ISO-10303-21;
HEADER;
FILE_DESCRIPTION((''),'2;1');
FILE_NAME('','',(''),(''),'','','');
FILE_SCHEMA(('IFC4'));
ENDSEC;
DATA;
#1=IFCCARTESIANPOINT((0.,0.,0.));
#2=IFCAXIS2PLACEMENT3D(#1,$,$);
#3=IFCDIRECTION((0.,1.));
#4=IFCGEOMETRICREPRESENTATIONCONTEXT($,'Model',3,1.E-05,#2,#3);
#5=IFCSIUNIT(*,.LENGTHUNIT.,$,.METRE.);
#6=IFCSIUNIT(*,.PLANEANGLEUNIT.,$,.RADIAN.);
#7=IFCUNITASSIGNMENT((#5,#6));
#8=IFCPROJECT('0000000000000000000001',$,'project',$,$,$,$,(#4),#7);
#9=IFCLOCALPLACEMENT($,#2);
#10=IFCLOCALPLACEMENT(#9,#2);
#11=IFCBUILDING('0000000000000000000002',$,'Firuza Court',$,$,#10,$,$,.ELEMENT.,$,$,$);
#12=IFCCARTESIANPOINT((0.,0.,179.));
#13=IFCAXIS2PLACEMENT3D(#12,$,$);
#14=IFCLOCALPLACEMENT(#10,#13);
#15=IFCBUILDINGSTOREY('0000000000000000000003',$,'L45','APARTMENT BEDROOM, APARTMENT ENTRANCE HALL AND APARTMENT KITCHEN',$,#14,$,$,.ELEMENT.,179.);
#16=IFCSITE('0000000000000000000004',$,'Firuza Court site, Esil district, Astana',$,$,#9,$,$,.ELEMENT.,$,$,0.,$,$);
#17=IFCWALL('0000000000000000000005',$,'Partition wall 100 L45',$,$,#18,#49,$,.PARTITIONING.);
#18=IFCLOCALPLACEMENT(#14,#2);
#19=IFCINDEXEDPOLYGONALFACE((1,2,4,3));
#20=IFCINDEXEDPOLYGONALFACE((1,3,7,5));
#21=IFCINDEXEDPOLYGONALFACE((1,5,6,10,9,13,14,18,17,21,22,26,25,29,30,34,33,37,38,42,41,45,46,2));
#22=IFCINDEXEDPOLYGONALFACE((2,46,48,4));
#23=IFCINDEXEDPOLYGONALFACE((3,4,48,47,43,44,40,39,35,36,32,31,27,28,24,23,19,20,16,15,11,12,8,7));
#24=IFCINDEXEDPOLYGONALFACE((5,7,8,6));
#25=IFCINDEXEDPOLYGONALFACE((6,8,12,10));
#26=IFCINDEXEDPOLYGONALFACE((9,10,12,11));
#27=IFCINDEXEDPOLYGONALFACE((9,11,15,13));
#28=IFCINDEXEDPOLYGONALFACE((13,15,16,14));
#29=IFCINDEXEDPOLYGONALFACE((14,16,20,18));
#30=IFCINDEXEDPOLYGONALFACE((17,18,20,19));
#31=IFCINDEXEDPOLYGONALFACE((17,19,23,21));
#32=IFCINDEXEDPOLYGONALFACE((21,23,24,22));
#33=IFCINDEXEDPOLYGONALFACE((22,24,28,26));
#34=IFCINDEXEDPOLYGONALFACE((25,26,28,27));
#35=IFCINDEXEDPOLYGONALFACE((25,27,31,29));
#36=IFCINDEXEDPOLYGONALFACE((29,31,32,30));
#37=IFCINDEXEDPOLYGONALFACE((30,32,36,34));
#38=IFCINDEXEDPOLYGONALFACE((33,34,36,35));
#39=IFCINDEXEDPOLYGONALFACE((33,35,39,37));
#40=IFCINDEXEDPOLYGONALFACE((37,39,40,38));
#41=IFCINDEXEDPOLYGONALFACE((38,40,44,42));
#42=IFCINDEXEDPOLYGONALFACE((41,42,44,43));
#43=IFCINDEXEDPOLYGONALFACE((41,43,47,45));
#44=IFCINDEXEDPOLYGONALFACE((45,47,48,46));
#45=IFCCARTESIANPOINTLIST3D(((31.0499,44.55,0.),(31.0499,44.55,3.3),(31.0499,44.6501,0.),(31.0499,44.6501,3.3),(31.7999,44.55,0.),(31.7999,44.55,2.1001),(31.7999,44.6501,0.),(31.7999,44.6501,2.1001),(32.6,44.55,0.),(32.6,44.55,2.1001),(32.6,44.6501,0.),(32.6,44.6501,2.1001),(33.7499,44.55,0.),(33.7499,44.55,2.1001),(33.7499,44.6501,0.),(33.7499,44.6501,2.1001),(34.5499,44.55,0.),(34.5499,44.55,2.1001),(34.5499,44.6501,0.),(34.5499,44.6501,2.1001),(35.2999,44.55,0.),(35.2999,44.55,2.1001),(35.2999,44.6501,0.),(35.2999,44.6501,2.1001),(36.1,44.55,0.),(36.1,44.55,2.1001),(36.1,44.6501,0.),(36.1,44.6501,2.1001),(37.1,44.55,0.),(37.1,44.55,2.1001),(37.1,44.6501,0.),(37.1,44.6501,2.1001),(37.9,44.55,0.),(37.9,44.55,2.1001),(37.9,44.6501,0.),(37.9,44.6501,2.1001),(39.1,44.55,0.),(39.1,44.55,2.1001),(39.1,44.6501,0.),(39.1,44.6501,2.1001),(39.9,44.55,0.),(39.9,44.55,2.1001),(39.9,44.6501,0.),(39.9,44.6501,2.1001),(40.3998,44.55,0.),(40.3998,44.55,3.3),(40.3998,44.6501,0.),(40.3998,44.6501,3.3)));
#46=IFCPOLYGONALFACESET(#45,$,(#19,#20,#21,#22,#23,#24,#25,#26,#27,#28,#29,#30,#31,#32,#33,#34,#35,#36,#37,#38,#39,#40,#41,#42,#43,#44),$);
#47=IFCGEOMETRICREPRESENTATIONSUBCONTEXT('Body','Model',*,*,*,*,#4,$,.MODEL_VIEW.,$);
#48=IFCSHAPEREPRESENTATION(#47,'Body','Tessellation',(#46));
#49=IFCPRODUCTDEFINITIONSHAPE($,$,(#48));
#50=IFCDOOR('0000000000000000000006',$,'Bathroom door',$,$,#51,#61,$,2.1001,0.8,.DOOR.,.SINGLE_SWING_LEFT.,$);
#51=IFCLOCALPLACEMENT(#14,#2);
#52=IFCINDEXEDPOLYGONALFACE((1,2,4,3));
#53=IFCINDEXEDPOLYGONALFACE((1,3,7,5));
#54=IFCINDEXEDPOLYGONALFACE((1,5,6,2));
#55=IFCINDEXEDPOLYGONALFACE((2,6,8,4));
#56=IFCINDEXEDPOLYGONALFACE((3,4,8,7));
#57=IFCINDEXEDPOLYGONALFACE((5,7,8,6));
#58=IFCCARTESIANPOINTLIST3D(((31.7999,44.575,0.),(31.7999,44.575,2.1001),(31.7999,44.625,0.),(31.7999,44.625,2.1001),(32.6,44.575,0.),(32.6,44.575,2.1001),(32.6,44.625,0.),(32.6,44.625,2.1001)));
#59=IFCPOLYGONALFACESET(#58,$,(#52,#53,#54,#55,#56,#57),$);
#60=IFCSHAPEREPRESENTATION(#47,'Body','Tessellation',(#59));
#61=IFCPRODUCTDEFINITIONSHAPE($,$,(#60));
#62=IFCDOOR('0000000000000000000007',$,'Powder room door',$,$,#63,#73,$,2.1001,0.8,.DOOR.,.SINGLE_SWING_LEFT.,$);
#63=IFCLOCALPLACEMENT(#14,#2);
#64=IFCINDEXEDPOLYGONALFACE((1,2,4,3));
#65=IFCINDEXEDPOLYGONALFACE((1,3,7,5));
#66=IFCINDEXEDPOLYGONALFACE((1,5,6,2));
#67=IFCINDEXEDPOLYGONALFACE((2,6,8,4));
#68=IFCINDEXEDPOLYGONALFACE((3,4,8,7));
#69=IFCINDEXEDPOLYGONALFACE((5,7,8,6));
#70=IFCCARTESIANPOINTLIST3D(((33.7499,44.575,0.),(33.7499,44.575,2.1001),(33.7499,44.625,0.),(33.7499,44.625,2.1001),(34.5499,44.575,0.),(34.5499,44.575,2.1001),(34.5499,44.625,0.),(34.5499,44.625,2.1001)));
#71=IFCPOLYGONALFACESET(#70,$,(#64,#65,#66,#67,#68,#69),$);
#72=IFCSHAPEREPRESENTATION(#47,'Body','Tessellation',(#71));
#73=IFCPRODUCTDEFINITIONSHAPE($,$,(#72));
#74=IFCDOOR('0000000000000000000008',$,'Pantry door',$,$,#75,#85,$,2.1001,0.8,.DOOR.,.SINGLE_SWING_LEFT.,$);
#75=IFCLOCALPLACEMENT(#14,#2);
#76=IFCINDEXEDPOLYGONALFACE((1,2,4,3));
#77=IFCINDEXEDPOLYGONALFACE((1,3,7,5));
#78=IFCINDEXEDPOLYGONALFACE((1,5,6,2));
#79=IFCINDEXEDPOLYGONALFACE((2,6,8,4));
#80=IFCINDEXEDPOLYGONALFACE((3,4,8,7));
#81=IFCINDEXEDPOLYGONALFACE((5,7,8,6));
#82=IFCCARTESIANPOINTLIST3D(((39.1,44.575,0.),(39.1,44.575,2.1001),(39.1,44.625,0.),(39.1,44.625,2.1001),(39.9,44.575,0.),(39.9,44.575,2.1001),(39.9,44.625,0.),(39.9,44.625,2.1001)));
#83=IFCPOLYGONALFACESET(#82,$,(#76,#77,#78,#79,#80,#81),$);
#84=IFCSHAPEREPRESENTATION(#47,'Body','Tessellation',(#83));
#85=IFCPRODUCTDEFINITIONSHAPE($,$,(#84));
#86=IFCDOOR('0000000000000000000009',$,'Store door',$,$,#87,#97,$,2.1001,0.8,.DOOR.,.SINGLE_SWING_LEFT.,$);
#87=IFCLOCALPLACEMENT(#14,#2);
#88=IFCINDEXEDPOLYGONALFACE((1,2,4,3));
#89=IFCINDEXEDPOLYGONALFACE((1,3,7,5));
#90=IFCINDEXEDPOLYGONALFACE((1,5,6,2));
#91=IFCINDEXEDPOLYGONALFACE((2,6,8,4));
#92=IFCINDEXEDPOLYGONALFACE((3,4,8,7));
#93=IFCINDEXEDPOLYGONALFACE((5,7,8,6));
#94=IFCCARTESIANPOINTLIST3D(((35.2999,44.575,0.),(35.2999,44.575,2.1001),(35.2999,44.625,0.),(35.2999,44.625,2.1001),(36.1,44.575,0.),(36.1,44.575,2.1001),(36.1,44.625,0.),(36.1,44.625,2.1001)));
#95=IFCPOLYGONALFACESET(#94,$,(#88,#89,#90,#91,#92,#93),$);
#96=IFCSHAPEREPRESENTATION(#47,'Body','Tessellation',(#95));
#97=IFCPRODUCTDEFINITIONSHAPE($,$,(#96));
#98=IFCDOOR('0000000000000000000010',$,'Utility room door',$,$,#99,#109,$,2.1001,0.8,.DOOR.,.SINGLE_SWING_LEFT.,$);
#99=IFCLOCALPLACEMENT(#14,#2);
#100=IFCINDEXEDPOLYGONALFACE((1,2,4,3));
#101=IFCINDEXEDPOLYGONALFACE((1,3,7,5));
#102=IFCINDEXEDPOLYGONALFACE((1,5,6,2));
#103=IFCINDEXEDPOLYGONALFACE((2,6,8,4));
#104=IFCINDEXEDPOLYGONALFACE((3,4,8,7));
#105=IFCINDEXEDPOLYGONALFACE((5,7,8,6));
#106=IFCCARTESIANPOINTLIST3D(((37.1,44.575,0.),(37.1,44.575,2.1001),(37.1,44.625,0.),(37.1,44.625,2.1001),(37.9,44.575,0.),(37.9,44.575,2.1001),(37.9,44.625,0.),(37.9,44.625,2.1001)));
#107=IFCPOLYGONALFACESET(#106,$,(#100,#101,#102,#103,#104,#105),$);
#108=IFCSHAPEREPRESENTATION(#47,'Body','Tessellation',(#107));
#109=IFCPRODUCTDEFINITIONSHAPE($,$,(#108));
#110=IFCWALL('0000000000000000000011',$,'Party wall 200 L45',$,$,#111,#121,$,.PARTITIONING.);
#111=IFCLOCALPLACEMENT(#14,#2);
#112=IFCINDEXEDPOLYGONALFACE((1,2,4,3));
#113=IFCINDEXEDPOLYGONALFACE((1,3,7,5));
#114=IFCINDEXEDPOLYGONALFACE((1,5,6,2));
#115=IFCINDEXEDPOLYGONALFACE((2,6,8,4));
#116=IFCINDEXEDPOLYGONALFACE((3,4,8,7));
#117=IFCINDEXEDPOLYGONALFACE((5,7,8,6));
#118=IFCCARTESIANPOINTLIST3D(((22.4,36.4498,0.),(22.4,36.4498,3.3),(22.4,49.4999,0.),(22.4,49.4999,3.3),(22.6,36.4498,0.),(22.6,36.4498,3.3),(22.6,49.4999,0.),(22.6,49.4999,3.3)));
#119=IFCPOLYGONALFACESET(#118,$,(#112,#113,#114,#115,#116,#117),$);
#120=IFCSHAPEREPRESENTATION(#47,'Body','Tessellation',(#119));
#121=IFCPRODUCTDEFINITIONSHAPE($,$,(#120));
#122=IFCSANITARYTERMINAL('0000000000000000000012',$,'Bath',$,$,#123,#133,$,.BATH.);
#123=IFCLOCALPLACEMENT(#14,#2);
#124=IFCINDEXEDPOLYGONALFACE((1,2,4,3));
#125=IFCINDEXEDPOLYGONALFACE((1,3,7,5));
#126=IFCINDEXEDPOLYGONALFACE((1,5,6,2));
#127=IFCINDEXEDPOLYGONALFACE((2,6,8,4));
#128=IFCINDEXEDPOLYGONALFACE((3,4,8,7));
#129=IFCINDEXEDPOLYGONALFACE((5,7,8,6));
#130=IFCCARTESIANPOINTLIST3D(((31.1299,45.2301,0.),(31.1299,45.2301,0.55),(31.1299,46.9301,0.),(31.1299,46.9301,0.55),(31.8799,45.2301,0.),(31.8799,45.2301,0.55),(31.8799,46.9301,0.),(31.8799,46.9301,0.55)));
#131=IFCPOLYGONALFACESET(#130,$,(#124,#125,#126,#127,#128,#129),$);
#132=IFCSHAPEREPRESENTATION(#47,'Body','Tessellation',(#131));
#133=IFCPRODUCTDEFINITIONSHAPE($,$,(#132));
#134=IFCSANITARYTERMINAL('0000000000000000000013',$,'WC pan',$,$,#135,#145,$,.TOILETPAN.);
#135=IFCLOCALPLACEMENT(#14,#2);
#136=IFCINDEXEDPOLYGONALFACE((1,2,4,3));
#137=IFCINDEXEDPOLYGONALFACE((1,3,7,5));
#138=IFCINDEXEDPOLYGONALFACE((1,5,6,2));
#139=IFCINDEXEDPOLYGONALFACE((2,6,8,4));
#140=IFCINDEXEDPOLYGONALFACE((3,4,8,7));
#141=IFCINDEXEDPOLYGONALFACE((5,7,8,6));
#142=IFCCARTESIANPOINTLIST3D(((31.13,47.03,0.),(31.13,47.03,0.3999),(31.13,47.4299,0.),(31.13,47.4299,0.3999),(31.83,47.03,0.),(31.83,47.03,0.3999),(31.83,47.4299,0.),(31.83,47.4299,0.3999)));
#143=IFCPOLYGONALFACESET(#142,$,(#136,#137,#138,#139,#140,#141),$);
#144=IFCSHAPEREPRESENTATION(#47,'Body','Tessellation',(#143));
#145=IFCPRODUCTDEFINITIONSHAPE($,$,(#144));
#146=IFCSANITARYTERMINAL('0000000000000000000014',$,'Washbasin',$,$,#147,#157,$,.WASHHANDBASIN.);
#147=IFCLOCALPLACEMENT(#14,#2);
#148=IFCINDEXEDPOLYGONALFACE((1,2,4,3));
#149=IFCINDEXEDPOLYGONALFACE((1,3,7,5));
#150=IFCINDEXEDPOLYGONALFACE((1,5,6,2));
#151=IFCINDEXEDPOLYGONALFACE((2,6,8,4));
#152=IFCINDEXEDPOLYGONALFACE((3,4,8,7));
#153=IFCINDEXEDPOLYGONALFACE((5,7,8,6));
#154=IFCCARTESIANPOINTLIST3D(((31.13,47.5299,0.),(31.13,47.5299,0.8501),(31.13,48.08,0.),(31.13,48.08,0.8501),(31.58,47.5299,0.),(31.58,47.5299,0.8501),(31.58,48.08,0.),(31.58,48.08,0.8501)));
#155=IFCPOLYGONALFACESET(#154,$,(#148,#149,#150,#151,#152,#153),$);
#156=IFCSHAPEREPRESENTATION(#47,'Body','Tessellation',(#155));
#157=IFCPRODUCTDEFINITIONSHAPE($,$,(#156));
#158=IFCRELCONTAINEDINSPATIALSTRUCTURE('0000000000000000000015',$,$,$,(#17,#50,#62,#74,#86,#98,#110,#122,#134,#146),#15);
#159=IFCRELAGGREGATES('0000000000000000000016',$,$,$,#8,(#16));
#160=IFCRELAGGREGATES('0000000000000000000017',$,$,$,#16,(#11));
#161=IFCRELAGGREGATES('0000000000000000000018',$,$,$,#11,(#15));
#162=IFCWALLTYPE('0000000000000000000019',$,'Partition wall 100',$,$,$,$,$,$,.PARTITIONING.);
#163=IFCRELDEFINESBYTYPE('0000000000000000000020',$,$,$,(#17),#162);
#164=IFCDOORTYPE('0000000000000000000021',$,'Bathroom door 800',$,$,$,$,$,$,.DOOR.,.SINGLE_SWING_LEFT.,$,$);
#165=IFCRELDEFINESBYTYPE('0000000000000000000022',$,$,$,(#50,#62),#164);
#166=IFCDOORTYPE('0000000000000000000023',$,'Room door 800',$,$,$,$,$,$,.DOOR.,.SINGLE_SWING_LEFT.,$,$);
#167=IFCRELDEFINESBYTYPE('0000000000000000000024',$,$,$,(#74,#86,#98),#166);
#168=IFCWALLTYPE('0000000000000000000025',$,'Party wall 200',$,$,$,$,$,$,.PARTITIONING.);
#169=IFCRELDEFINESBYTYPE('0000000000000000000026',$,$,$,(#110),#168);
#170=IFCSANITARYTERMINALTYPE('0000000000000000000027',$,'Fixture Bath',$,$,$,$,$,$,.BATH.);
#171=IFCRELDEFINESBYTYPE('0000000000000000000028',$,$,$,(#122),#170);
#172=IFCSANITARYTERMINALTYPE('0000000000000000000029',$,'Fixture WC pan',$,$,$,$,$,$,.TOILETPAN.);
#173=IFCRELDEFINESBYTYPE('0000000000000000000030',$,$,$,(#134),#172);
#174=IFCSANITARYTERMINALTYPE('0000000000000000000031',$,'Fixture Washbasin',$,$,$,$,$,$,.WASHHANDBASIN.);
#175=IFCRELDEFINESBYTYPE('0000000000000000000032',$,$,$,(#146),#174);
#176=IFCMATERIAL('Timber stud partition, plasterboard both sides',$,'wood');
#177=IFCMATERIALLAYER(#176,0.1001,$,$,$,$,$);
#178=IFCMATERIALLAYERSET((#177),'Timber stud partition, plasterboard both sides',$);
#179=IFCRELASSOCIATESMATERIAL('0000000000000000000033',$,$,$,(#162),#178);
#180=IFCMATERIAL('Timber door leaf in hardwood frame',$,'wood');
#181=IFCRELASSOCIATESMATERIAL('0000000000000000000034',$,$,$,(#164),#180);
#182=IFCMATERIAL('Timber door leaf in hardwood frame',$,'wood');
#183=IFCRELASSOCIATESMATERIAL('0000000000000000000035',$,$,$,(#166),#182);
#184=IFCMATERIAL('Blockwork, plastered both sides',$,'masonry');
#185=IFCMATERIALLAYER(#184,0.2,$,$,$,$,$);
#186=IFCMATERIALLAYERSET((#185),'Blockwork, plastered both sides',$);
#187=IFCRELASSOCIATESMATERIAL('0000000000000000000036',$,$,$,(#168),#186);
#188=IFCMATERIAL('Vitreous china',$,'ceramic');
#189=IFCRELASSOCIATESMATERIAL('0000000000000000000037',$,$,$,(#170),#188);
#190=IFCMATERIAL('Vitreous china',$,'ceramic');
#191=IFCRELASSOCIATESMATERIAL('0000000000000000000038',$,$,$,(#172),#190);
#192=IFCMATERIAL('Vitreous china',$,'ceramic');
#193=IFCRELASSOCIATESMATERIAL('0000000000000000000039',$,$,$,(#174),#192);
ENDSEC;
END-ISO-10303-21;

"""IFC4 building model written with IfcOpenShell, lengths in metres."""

from ifc_helpers import new_model, si_unit, direction, frame, frame_2d, origin, origin_2d, place, context, subcontext, project, spatial, rectangle, extrude, material, layer, layer_set, type_object, element, fill, save


model = new_model("IFC4")

# Units and contexts
model_context = context("Model", 3, precision=1e-05, world=origin(), true_north=direction((0.0, 1.0)))
body_context = subcontext(model_context, "Body", "Model", "MODEL_VIEW")
ifc_project = project(units=[si_unit("LENGTHUNIT", "METRE"), si_unit("PLANEANGLEUNIT", "RADIAN")], contexts=[model_context])

# Site, building, storey
site_placement = place(None, origin())
site = spatial("IfcSite", under=ifc_project, at=site_placement, Name="Firuza Court site, Esil district, Astana", CompositionType="ELEMENT", RefElevation=0.0)
building_placement = place(site_placement, origin())
building = spatial("IfcBuilding", under=site, at=building_placement, Name="Firuza Court", CompositionType="ELEMENT")
storey_placement = place(building_placement, frame((0.0, 0.0, 179.0)))
storey = spatial("IfcBuildingStorey", under=building, at=storey_placement, Name="L45", Description="APARTMENT BEDROOM, APARTMENT ENTRANCE HALL AND APARTMENT KITCHEN", CompositionType="ELEMENT", Elevation=179.0)

# Shared definitions
ifc_material_1 = material(Name="Blockwork, plastered both sides", Category="masonry")
ifc_material_2 = material(Name="Timber stud partition, plasterboard both sides", Category="wood")
ifc_layer_1 = layer(ifc_material_2, 0.1001)
ifc_layer_set_1 = layer_set([ifc_layer_1], Name="Timber stud partition, plasterboard both sides")
wall_type_1 = type_object("IfcWallType", Name="Partition wall 100", PredefinedType="PARTITIONING", material=ifc_layer_set_1)

# Wall, openings, doors
wall_1_placement = place(storey_placement, frame((31.05, 44.6001, 0.0), z_axis=(0.0, 0.0, 1.0), x_axis=(1.0, 0.0, 0.0)))
wall_1 = element("IfcWall", 1, at=wall_1_placement, inside=storey, type_object=wall_type_1, Name="Partition wall 100 L45", PredefinedType="PARTITIONING", context=body_context, shape_type="SweptSolid", body=[
    extrude(rectangle(XDim=9.3499, YDim=0.1001, at=frame_2d((4.6748, 0.0))), origin(), (0.0, 0.0, 1.0), 3.3),
])
opening_1_placement = place(wall_1_placement, frame((0.75, 0.0, 0.0)))
opening_1 = element("IfcOpeningElement", 2, at=opening_1_placement, cuts=wall_1, PredefinedType="OPENING", context=body_context, shape_type="SweptSolid", body=[
    extrude(rectangle(XDim=0.8, YDim=2.1001, at=frame_2d((0.3999, 1.05))), frame((0.0, 0.062, 0.0), z_axis=(0.0, -1.0, 0.0), x_axis=(1.0, 0.0, 0.0)), (0.0, 0.0, 1.0), 0.124),
])
opening_2_placement = place(wall_1_placement, frame((8.05, 0.0, 0.0)))
opening_2 = element("IfcOpeningElement", 3, at=opening_2_placement, cuts=wall_1, PredefinedType="OPENING", context=body_context, shape_type="SweptSolid", body=[
    extrude(rectangle(XDim=0.8, YDim=2.1001, at=frame_2d((0.3999, 1.05))), frame((0.0, 0.062, 0.0), z_axis=(0.0, -1.0, 0.0), x_axis=(1.0, 0.0, 0.0)), (0.0, 0.0, 1.0), 0.124),
])
opening_3_placement = place(wall_1_placement, frame((4.25, 0.0, 0.0)))
opening_3 = element("IfcOpeningElement", 4, at=opening_3_placement, cuts=wall_1, PredefinedType="OPENING", context=body_context, shape_type="SweptSolid", body=[
    extrude(rectangle(XDim=0.8, YDim=2.1001, at=frame_2d((0.3999, 1.05))), frame((0.0, 0.062, 0.0), z_axis=(0.0, -1.0, 0.0), x_axis=(1.0, 0.0, 0.0)), (0.0, 0.0, 1.0), 0.124),
])
opening_4_placement = place(wall_1_placement, frame((6.05, 0.0, 0.0)))
opening_4 = element("IfcOpeningElement", 5, at=opening_4_placement, cuts=wall_1, PredefinedType="OPENING", context=body_context, shape_type="SweptSolid", body=[
    extrude(rectangle(XDim=0.8, YDim=2.1001, at=frame_2d((0.3999, 1.05))), frame((0.0, 0.062, 0.0), z_axis=(0.0, -1.0, 0.0), x_axis=(1.0, 0.0, 0.0)), (0.0, 0.0, 1.0), 0.124),
])
opening_5_placement = place(wall_1_placement, frame((2.7, 0.0, 0.0)))
opening_5 = element("IfcOpeningElement", 6, at=opening_5_placement, cuts=wall_1, PredefinedType="OPENING", context=body_context, shape_type="SweptSolid", body=[
    extrude(rectangle(XDim=0.8, YDim=2.1001, at=frame_2d((0.3999, 1.05))), frame((0.0, 0.062, 0.0), z_axis=(0.0, -1.0, 0.0), x_axis=(1.0, 0.0, 0.0)), (0.0, 0.0, 1.0), 0.124),
])
ifc_material_3 = material(Name="Timber door leaf in hardwood frame", Category="wood")
door_type_1 = type_object("IfcDoorType", Name="Bathroom door 800", OperationType="SINGLE_SWING_LEFT", PredefinedType="DOOR", material=ifc_material_3)
door_1_placement = place(opening_1_placement, origin())
door_1 = element("IfcDoor", 7, at=door_1_placement, inside=storey, type_object=door_type_1, Name="Bathroom door", OperationType="SINGLE_SWING_LEFT", OverallHeight=2.1001, OverallWidth=0.8, PredefinedType="DOOR", context=body_context, shape_type="SweptSolid", body=[
    extrude(rectangle(XDim=0.8, YDim=2.1001, at=frame_2d((0.3999, 1.05))), frame((0.0, 0.0249, 0.0), z_axis=(0.0, -1.0, 0.0), x_axis=(1.0, 0.0, 0.0)), (0.0, 0.0, 1.0), 0.05),
])
fill(opening_1, door_1)
door_2_placement = place(opening_5_placement, origin())
door_2 = element("IfcDoor", 8, at=door_2_placement, inside=storey, type_object=door_type_1, Name="Powder room door", OperationType="SINGLE_SWING_LEFT", OverallHeight=2.1001, OverallWidth=0.8, PredefinedType="DOOR", context=body_context, shape_type="SweptSolid", body=[
    extrude(rectangle(XDim=0.8, YDim=2.1001, at=frame_2d((0.3999, 1.05))), frame((0.0, 0.0249, 0.0), z_axis=(0.0, -1.0, 0.0), x_axis=(1.0, 0.0, 0.0)), (0.0, 0.0, 1.0), 0.05),
])
fill(opening_5, door_2)
ifc_material_4 = material(Name="Timber door leaf in hardwood frame", Category="wood")
door_type_2 = type_object("IfcDoorType", Name="Room door 800", OperationType="SINGLE_SWING_LEFT", PredefinedType="DOOR", material=ifc_material_4)
door_3_placement = place(opening_2_placement, origin())
door_3 = element("IfcDoor", 9, at=door_3_placement, inside=storey, type_object=door_type_2, Name="Pantry door", OperationType="SINGLE_SWING_LEFT", OverallHeight=2.1001, OverallWidth=0.8, PredefinedType="DOOR", context=body_context, shape_type="SweptSolid", body=[
    extrude(rectangle(XDim=0.8, YDim=2.1001, at=frame_2d((0.3999, 1.05))), frame((0.0, 0.0249, 0.0), z_axis=(0.0, -1.0, 0.0), x_axis=(1.0, 0.0, 0.0)), (0.0, 0.0, 1.0), 0.05),
])
fill(opening_2, door_3)
door_4_placement = place(opening_3_placement, origin())
door_4 = element("IfcDoor", 10, at=door_4_placement, inside=storey, type_object=door_type_2, Name="Store door", OperationType="SINGLE_SWING_LEFT", OverallHeight=2.1001, OverallWidth=0.8, PredefinedType="DOOR", context=body_context, shape_type="SweptSolid", body=[
    extrude(rectangle(XDim=0.8, YDim=2.1001, at=frame_2d((0.3999, 1.05))), frame((0.0, 0.0249, 0.0), z_axis=(0.0, -1.0, 0.0), x_axis=(1.0, 0.0, 0.0)), (0.0, 0.0, 1.0), 0.05),
])
fill(opening_3, door_4)
door_5_placement = place(opening_4_placement, origin())
door_5 = element("IfcDoor", 11, at=door_5_placement, inside=storey, type_object=door_type_2, Name="Utility room door", OperationType="SINGLE_SWING_LEFT", OverallHeight=2.1001, OverallWidth=0.8, PredefinedType="DOOR", context=body_context, shape_type="SweptSolid", body=[
    extrude(rectangle(XDim=0.8, YDim=2.1001, at=frame_2d((0.3999, 1.05))), frame((0.0, 0.0249, 0.0), z_axis=(0.0, -1.0, 0.0), x_axis=(1.0, 0.0, 0.0)), (0.0, 0.0, 1.0), 0.05),
])
fill(opening_4, door_5)

# Wall
ifc_layer_2 = layer(ifc_material_1, 0.2)
ifc_layer_set_2 = layer_set([ifc_layer_2], Name="Blockwork, plastered both sides")
wall_type_2 = type_object("IfcWallType", Name="Party wall 200", PredefinedType="PARTITIONING", material=ifc_layer_set_2)
wall_2_placement = place(storey_placement, frame((22.5, 36.45, 0.0), z_axis=(0.0, 0.0, 1.0), x_axis=(0.0, 1.0, 0.0)))
element("IfcWall", 12, at=wall_2_placement, inside=storey, type_object=wall_type_2, Name="Party wall 200 L45", PredefinedType="PARTITIONING", context=body_context, shape_type="SweptSolid", body=[
    extrude(rectangle(XDim=13.05, YDim=0.2, at=frame_2d((6.5249, 0.0))), origin(), (0.0, 0.0, 1.0), 3.3),
])

# Sanitary terminals
ifc_material_5 = material(Name="Vitreous china", Category="ceramic")
sanitary_terminal_type_1 = type_object("IfcSanitaryTerminalType", Name="Fixture Bath", PredefinedType="BATH", material=ifc_material_5)
sanitary_terminal_1_placement = place(storey_placement, frame((31.5049, 46.0801, 0.0), z_axis=(0.0, 0.0, 1.0), x_axis=(1.0, 0.0, 0.0)))
element("IfcSanitaryTerminal", 13, at=sanitary_terminal_1_placement, inside=storey, type_object=sanitary_terminal_type_1, Name="Bath", PredefinedType="BATH", context=body_context, shape_type="SweptSolid", body=[
    extrude(rectangle(XDim=0.75, YDim=1.7, at=origin_2d()), origin(), (0.0, 0.0, 1.0), 0.55),
])
ifc_material_6 = material(Name="Vitreous china", Category="ceramic")
sanitary_terminal_type_2 = type_object("IfcSanitaryTerminalType", Name="Fixture WC pan", PredefinedType="TOILETPAN", material=ifc_material_6)
sanitary_terminal_2_placement = place(storey_placement, frame((31.48, 47.23, 0.0), z_axis=(0.0, 0.0, 1.0), x_axis=(1.0, 0.0, 0.0)))
element("IfcSanitaryTerminal", 14, at=sanitary_terminal_2_placement, inside=storey, type_object=sanitary_terminal_type_2, Name="WC pan", PredefinedType="TOILETPAN", context=body_context, shape_type="SweptSolid", body=[
    extrude(rectangle(XDim=0.7, YDim=0.3999, at=origin_2d()), origin(), (0.0, 0.0, 1.0), 0.3999),
])
ifc_material_7 = material(Name="Vitreous china", Category="ceramic")
sanitary_terminal_type_3 = type_object("IfcSanitaryTerminalType", Name="Fixture Washbasin", PredefinedType="WASHHANDBASIN", material=ifc_material_7)
sanitary_terminal_3_placement = place(storey_placement, frame((31.355, 47.8049, 0.0), z_axis=(0.0, 0.0, 1.0), x_axis=(1.0, 0.0, 0.0)))
element("IfcSanitaryTerminal", 15, at=sanitary_terminal_3_placement, inside=storey, type_object=sanitary_terminal_type_3, Name="Washbasin", PredefinedType="WASHHANDBASIN", context=body_context, shape_type="SweptSolid", body=[
    extrude(rectangle(XDim=0.45, YDim=0.55, at=origin_2d()), origin(), (0.0, 0.0, 1.0), 0.8501),
])

save(model, "model.ifc")
